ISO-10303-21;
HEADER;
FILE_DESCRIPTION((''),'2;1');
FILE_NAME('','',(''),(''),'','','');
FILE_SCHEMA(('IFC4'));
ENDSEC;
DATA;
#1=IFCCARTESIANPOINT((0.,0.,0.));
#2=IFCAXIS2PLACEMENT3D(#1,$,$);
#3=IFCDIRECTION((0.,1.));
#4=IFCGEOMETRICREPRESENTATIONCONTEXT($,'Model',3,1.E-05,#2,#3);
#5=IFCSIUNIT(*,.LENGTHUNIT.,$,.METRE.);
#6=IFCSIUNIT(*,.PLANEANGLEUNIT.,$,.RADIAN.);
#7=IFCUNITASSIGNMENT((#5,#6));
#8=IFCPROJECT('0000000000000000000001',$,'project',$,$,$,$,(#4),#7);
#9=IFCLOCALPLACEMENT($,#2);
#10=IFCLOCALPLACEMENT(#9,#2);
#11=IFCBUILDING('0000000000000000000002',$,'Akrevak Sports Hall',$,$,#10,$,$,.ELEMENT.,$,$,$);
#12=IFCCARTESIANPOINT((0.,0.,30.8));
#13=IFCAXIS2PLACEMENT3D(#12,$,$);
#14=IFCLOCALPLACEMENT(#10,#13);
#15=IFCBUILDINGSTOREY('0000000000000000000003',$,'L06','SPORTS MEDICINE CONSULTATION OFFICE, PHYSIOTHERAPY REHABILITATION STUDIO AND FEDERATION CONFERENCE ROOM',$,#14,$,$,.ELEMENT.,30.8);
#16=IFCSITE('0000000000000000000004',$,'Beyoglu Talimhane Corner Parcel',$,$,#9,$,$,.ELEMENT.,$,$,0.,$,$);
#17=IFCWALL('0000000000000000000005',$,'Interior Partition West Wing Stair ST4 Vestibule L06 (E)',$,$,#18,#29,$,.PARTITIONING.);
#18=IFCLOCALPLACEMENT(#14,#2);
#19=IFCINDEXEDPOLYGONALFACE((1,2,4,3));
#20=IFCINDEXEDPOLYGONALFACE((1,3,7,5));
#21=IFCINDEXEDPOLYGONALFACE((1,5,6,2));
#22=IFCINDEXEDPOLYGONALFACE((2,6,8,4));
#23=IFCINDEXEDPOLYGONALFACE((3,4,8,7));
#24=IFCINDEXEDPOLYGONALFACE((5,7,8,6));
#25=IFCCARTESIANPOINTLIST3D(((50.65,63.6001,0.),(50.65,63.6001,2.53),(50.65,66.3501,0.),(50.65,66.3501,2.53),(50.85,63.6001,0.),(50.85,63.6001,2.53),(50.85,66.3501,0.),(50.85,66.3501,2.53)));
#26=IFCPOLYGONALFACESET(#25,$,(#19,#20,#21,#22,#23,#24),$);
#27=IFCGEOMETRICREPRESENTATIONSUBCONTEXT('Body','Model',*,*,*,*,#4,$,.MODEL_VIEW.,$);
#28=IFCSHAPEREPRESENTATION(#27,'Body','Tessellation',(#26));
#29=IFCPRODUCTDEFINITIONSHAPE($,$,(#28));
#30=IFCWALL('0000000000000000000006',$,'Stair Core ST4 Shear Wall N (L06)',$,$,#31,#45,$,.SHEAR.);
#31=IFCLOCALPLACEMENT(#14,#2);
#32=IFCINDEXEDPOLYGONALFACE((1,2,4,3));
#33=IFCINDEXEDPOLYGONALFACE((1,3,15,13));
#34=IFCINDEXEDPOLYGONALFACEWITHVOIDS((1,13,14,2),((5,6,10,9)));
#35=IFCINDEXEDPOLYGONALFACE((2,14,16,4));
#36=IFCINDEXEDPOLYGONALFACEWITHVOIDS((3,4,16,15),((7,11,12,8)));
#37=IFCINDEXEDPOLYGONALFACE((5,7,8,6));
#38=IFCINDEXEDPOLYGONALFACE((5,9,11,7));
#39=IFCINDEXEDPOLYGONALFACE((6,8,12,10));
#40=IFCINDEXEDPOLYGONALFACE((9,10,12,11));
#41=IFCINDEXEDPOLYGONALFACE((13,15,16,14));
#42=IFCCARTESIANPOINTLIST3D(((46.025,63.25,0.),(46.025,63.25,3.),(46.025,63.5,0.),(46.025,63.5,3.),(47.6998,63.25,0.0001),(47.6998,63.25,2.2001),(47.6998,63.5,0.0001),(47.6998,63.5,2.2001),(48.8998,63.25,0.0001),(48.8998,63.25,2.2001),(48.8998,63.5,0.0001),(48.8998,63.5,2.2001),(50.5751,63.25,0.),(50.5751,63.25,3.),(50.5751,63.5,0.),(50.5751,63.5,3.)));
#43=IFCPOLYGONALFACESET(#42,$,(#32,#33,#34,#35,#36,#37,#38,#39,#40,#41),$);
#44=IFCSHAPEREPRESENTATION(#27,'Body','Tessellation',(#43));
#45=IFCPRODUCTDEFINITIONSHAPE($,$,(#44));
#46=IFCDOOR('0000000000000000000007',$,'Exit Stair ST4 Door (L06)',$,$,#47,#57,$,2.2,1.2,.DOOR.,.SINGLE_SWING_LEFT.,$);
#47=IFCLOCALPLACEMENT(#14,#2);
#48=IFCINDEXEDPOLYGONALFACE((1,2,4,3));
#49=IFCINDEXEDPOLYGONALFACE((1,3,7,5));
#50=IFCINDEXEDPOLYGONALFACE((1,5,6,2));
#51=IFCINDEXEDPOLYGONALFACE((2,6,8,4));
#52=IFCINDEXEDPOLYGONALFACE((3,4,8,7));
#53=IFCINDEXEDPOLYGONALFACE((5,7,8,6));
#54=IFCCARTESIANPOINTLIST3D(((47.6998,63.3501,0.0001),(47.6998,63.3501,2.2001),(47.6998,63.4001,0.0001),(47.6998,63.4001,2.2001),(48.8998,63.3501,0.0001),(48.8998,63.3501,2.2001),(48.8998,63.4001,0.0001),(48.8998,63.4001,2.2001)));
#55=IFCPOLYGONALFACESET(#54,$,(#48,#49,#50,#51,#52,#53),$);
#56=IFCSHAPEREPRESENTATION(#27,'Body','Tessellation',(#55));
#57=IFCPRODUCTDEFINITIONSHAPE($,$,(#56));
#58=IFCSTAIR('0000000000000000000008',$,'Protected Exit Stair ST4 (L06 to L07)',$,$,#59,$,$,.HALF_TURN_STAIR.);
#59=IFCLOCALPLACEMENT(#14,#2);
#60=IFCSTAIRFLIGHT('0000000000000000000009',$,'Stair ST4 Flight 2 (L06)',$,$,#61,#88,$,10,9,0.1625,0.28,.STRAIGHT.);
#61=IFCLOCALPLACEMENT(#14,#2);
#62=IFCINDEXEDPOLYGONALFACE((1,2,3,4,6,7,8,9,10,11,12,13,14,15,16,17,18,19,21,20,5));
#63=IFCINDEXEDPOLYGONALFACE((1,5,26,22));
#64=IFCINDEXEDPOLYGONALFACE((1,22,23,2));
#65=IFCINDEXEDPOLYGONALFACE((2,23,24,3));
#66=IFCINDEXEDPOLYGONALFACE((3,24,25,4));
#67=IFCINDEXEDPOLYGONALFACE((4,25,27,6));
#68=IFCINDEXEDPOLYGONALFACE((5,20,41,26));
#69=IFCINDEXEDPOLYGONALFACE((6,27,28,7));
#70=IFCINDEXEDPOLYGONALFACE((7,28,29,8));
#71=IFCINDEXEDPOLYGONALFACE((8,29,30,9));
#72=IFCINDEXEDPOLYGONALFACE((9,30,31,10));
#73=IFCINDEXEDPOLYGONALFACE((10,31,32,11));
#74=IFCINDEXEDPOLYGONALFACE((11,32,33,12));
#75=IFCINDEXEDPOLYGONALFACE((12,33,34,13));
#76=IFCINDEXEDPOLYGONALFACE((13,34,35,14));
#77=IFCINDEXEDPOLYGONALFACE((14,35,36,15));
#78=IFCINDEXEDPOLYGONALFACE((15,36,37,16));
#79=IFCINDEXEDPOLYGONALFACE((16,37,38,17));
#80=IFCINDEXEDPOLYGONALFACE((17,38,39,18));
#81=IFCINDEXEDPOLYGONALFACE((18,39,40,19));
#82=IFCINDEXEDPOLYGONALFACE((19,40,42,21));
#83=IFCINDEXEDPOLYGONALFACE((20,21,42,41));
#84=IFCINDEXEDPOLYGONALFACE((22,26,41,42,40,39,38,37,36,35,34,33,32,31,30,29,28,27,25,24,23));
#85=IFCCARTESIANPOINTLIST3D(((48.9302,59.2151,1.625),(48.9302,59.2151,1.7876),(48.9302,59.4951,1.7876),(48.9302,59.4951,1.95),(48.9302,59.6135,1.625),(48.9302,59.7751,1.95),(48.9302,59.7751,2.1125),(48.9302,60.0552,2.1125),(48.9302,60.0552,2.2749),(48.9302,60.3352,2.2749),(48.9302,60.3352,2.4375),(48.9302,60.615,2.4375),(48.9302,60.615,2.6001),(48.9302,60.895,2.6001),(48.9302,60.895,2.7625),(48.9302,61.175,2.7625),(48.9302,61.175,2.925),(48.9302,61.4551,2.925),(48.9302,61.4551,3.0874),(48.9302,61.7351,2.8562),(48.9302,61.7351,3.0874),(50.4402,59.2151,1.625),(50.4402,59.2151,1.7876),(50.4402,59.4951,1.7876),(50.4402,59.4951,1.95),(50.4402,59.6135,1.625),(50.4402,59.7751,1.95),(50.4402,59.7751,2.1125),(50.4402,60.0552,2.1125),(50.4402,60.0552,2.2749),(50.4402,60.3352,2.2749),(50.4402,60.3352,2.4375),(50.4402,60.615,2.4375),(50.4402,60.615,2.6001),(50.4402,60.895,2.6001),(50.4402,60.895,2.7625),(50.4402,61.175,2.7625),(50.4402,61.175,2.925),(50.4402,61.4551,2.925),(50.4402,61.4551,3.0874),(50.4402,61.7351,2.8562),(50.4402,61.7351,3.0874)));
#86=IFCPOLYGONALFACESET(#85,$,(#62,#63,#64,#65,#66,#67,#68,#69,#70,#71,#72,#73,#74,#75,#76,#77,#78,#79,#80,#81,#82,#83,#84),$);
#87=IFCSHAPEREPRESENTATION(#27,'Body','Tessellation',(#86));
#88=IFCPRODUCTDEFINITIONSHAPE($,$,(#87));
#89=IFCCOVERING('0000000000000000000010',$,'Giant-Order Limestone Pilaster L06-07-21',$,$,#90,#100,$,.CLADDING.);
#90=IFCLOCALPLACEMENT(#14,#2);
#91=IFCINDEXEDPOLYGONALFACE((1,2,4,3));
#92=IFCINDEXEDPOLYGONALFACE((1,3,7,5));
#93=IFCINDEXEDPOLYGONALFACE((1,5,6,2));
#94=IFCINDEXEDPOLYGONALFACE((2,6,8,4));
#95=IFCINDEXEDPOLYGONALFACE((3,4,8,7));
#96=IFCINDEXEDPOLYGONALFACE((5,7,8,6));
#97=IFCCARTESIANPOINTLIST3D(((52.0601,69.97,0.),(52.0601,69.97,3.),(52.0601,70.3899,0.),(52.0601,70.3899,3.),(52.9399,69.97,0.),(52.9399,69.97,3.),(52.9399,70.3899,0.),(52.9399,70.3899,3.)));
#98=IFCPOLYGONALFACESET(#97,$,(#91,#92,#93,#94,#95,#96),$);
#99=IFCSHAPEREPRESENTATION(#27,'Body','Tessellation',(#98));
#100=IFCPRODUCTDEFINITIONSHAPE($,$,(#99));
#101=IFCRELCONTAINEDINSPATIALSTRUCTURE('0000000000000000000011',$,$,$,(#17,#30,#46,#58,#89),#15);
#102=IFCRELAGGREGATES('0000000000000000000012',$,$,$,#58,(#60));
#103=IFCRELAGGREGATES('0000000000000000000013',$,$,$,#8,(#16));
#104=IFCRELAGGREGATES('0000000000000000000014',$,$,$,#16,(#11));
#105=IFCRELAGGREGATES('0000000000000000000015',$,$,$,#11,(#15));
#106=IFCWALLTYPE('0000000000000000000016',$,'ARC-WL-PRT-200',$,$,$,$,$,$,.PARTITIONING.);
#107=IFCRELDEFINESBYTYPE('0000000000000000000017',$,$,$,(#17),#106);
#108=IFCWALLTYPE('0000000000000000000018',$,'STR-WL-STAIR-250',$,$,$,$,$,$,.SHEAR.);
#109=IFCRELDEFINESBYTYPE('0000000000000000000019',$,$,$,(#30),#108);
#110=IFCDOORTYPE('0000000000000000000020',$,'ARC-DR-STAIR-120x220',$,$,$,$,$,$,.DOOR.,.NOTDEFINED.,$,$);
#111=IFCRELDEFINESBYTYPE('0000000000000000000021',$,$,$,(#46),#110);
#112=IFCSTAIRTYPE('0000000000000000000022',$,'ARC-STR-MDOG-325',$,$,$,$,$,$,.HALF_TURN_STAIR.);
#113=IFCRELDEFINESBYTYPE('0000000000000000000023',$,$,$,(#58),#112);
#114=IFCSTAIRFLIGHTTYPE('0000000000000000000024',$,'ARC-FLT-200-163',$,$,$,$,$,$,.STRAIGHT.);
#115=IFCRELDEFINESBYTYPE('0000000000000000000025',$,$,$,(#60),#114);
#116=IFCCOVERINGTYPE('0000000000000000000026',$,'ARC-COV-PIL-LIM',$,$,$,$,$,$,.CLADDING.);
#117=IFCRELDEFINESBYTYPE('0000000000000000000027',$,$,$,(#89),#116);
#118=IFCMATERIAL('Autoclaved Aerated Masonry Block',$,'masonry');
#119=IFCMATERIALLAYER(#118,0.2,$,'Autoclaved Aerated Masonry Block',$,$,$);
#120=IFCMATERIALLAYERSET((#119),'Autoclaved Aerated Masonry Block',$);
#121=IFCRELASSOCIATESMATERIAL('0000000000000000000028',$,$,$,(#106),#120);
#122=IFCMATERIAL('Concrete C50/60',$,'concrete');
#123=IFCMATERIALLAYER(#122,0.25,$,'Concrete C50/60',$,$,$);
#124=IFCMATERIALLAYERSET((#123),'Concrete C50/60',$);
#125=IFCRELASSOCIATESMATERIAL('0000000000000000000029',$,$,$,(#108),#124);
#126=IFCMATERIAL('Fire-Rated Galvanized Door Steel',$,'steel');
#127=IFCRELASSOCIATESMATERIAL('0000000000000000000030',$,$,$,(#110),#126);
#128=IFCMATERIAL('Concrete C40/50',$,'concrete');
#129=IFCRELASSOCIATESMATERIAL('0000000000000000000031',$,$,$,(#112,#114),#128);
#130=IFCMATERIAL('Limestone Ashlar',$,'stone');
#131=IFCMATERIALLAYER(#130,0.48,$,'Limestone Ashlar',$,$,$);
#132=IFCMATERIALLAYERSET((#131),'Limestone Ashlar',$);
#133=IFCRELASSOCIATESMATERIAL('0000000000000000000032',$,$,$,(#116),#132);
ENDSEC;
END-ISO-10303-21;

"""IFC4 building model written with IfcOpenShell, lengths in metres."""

from ifc_helpers import new_model, si_unit, direction, frame, frame_2d, origin, origin_2d, place, context, subcontext, project, spatial, polyline, rectangle, outline, extrude, material, layer, layer_set, type_object, element, fill, aggregate, save


model = new_model("IFC4")

# Units and contexts
model_context = context("Model", 3, precision=1e-05, world=origin(), true_north=direction((0.0, 1.0)))
body_context = subcontext(model_context, "Body", "Model", "MODEL_VIEW")
ifc_project = project(units=[si_unit("LENGTHUNIT", "METRE"), si_unit("PLANEANGLEUNIT", "RADIAN")], contexts=[model_context])

# Site, building, storey
site_placement = place(None, origin())
site = spatial("IfcSite", under=ifc_project, at=site_placement, Name="Beyoglu Talimhane Corner Parcel", CompositionType="ELEMENT", RefElevation=0.0)
building_placement = place(site_placement, origin())
building = spatial("IfcBuilding", under=site, at=building_placement, Name="Akrevak Sports Hall", CompositionType="ELEMENT")
storey_placement = place(building_placement, frame((0.0, 0.0, 30.8)))
storey = spatial("IfcBuildingStorey", under=building, at=storey_placement, Name="L06", Description="SPORTS MEDICINE CONSULTATION OFFICE, PHYSIOTHERAPY REHABILITATION STUDIO AND FEDERATION CONFERENCE ROOM", CompositionType="ELEMENT", Elevation=30.8)

# Shared definitions
ifc_material_1 = material(Name="Concrete C40/50", Category="concrete")

# Shared definitions
ifc_material_2 = material(Name="Limestone Ashlar", Category="stone")

# Wall
ifc_material_3 = material(Name="Autoclaved Aerated Masonry Block", Category="masonry")
ifc_layer_1 = layer(ifc_material_3, 0.2, Name="Autoclaved Aerated Masonry Block")
ifc_layer_set_1 = layer_set([ifc_layer_1], Name="Autoclaved Aerated Masonry Block")
wall_type_1 = type_object("IfcWallType", Name="ARC-WL-PRT-200", PredefinedType="PARTITIONING", material=ifc_layer_set_1)
wall_1_placement = place(storey_placement, frame((50.75, 63.6001, 0.0), z_axis=(0.0, 0.0, 1.0), x_axis=(0.0, 1.0, 0.0)))
element("IfcWall", 1, at=wall_1_placement, inside=storey, type_object=wall_type_1, Name="Interior Partition West Wing Stair ST4 Vestibule L06 (E)", PredefinedType="PARTITIONING", context=body_context, shape_type="SweptSolid", body=[
    extrude(rectangle(XDim=2.75, YDim=0.2, at=frame_2d((1.375, 0.0))), origin(), (0.0, 0.0, 1.0), 2.53),
])

# Wall, opening, door
ifc_material_4 = material(Name="Concrete C50/60", Category="concrete")
ifc_layer_2 = layer(ifc_material_4, 0.25, Name="Concrete C50/60")
ifc_layer_set_2 = layer_set([ifc_layer_2], Name="Concrete C50/60")
wall_type_2 = type_object("IfcWallType", Name="STR-WL-STAIR-250", PredefinedType="SHEAR", material=ifc_layer_set_2)
wall_2_placement = place(storey_placement, frame((50.575, 63.375, 0.0), z_axis=(0.0, 0.0, 1.0), x_axis=(-1.0, 0.0, 0.0)))
wall_2 = element("IfcWall", 2, at=wall_2_placement, inside=storey, type_object=wall_type_2, Name="Stair Core ST4 Shear Wall N (L06)", PredefinedType="SHEAR", context=body_context, shape_type="SweptSolid", body=[
    extrude(rectangle(XDim=4.55, YDim=0.25, at=frame_2d((2.2749, 0.0))), origin(), (0.0, 0.0, 1.0), 3.0),
])
opening_1_placement = place(wall_2_placement, frame((1.675, 0.0, 0.0)))
opening_1 = element("IfcOpeningElement", 3, at=opening_1_placement, cuts=wall_2, PredefinedType="OPENING", context=body_context, shape_type="SweptSolid", body=[
    extrude(rectangle(XDim=1.2, YDim=2.2, at=frame_2d((0.6001, 1.1001))), frame((0.0, 0.137, 0.0), z_axis=(0.0, -1.0, 0.0), x_axis=(1.0, 0.0, 0.0)), (0.0, 0.0, 1.0), 0.2739),
])
ifc_material_5 = material(Name="Fire-Rated Galvanized Door Steel", Category="steel")
door_type_1 = type_object("IfcDoorType", Name="ARC-DR-STAIR-120x220", OperationType="NOTDEFINED", PredefinedType="DOOR", material=ifc_material_5)
door_1_placement = place(opening_1_placement, origin())
door_1 = element("IfcDoor", 4, at=door_1_placement, inside=storey, type_object=door_type_1, Name="Exit Stair ST4 Door (L06)", OperationType="SINGLE_SWING_LEFT", OverallHeight=2.2, OverallWidth=1.2, PredefinedType="DOOR", context=body_context, shape_type="SweptSolid", body=[
    extrude(rectangle(XDim=1.2, YDim=2.2, at=frame_2d((0.6001, 1.1001))), frame((0.0, 0.0249, 0.0), z_axis=(0.0, -1.0, 0.0), x_axis=(1.0, 0.0, 0.0)), (0.0, 0.0, 1.0), 0.05),
])
fill(opening_1, door_1)

# Stair, stair flight
stair_type = type_object("IfcStairType", Name="ARC-STR-MDOG-325", PredefinedType="HALF_TURN_STAIR", material=ifc_material_1)
stair_placement = place(storey_placement, origin())
stair = element("IfcStair", 5, at=stair_placement, inside=storey, type_object=stair_type, Name="Protected Exit Stair ST4 (L06 to L07)", PredefinedType="HALF_TURN_STAIR")
stair_flight_type = type_object("IfcStairFlightType", Name="ARC-FLT-200-163", PredefinedType="STRAIGHT", material=ifc_material_1)
stair_flight_placement = place(storey_placement, frame((49.6851, 59.2151, 1.625), z_axis=(0.0, 0.0, 1.0), x_axis=(0.0, 1.0, 0.0)))
stair_flight = element("IfcStairFlight", 6, at=stair_flight_placement, type_object=stair_flight_type, Name="Stair ST4 Flight 2 (L06)", NumberOfRisers=10, NumberOfTreads=9, PredefinedType="STRAIGHT", RiserHeight=0.1625, TreadLength=0.28, context=body_context, shape_type="SweptSolid", body=[
    extrude(outline(polyline([(0.0, 0.0), (0.0, 0.1626), (0.28, 0.1626), (0.28, 0.325), (0.5601, 0.325), (0.5601, 0.4875), (0.8401, 0.4875), (0.8401, 0.6499), (1.1201, 0.6499), (1.1201, 0.8125), (1.3999, 0.8125), (1.3999, 0.9751), (1.6799, 0.9751), (1.6799, 1.1375), (1.96, 1.1375), (1.96, 1.3), (2.24, 1.3), (2.24, 1.4624), (2.52, 1.4624), (2.52, 1.625), (2.52, 1.2312), (0.3984, 0.0), (0.0, 0.0)])), frame((0.0, 0.7549, 0.0), z_axis=(0.0, -1.0, 0.0), x_axis=(1.0, 0.0, 0.0)), (0.0, 0.0, 1.0), 1.51),
])
aggregate(stair, [stair_flight])

# Covering
ifc_layer_3 = layer(ifc_material_2, 0.48, Name="Limestone Ashlar")
ifc_layer_set_3 = layer_set([ifc_layer_3], Name="Limestone Ashlar")
covering_type = type_object("IfcCoveringType", Name="ARC-COV-PIL-LIM", PredefinedType="CLADDING", material=ifc_layer_set_3)
covering_placement = place(storey_placement, frame((52.5, 70.1799, 0.0), z_axis=(0.0, 0.0, 1.0), x_axis=(-1.0, 0.0, 0.0)))
element("IfcCovering", 7, at=covering_placement, inside=storey, type_object=covering_type, Name="Giant-Order Limestone Pilaster L06-07-21", PredefinedType="CLADDING", context=body_context, shape_type="SweptSolid", body=[
    extrude(rectangle(XDim=0.8799, YDim=0.4199, at=origin_2d()), origin(), (0.0, 0.0, 1.0), 3.0),
])

save(model, "model.ifc")
